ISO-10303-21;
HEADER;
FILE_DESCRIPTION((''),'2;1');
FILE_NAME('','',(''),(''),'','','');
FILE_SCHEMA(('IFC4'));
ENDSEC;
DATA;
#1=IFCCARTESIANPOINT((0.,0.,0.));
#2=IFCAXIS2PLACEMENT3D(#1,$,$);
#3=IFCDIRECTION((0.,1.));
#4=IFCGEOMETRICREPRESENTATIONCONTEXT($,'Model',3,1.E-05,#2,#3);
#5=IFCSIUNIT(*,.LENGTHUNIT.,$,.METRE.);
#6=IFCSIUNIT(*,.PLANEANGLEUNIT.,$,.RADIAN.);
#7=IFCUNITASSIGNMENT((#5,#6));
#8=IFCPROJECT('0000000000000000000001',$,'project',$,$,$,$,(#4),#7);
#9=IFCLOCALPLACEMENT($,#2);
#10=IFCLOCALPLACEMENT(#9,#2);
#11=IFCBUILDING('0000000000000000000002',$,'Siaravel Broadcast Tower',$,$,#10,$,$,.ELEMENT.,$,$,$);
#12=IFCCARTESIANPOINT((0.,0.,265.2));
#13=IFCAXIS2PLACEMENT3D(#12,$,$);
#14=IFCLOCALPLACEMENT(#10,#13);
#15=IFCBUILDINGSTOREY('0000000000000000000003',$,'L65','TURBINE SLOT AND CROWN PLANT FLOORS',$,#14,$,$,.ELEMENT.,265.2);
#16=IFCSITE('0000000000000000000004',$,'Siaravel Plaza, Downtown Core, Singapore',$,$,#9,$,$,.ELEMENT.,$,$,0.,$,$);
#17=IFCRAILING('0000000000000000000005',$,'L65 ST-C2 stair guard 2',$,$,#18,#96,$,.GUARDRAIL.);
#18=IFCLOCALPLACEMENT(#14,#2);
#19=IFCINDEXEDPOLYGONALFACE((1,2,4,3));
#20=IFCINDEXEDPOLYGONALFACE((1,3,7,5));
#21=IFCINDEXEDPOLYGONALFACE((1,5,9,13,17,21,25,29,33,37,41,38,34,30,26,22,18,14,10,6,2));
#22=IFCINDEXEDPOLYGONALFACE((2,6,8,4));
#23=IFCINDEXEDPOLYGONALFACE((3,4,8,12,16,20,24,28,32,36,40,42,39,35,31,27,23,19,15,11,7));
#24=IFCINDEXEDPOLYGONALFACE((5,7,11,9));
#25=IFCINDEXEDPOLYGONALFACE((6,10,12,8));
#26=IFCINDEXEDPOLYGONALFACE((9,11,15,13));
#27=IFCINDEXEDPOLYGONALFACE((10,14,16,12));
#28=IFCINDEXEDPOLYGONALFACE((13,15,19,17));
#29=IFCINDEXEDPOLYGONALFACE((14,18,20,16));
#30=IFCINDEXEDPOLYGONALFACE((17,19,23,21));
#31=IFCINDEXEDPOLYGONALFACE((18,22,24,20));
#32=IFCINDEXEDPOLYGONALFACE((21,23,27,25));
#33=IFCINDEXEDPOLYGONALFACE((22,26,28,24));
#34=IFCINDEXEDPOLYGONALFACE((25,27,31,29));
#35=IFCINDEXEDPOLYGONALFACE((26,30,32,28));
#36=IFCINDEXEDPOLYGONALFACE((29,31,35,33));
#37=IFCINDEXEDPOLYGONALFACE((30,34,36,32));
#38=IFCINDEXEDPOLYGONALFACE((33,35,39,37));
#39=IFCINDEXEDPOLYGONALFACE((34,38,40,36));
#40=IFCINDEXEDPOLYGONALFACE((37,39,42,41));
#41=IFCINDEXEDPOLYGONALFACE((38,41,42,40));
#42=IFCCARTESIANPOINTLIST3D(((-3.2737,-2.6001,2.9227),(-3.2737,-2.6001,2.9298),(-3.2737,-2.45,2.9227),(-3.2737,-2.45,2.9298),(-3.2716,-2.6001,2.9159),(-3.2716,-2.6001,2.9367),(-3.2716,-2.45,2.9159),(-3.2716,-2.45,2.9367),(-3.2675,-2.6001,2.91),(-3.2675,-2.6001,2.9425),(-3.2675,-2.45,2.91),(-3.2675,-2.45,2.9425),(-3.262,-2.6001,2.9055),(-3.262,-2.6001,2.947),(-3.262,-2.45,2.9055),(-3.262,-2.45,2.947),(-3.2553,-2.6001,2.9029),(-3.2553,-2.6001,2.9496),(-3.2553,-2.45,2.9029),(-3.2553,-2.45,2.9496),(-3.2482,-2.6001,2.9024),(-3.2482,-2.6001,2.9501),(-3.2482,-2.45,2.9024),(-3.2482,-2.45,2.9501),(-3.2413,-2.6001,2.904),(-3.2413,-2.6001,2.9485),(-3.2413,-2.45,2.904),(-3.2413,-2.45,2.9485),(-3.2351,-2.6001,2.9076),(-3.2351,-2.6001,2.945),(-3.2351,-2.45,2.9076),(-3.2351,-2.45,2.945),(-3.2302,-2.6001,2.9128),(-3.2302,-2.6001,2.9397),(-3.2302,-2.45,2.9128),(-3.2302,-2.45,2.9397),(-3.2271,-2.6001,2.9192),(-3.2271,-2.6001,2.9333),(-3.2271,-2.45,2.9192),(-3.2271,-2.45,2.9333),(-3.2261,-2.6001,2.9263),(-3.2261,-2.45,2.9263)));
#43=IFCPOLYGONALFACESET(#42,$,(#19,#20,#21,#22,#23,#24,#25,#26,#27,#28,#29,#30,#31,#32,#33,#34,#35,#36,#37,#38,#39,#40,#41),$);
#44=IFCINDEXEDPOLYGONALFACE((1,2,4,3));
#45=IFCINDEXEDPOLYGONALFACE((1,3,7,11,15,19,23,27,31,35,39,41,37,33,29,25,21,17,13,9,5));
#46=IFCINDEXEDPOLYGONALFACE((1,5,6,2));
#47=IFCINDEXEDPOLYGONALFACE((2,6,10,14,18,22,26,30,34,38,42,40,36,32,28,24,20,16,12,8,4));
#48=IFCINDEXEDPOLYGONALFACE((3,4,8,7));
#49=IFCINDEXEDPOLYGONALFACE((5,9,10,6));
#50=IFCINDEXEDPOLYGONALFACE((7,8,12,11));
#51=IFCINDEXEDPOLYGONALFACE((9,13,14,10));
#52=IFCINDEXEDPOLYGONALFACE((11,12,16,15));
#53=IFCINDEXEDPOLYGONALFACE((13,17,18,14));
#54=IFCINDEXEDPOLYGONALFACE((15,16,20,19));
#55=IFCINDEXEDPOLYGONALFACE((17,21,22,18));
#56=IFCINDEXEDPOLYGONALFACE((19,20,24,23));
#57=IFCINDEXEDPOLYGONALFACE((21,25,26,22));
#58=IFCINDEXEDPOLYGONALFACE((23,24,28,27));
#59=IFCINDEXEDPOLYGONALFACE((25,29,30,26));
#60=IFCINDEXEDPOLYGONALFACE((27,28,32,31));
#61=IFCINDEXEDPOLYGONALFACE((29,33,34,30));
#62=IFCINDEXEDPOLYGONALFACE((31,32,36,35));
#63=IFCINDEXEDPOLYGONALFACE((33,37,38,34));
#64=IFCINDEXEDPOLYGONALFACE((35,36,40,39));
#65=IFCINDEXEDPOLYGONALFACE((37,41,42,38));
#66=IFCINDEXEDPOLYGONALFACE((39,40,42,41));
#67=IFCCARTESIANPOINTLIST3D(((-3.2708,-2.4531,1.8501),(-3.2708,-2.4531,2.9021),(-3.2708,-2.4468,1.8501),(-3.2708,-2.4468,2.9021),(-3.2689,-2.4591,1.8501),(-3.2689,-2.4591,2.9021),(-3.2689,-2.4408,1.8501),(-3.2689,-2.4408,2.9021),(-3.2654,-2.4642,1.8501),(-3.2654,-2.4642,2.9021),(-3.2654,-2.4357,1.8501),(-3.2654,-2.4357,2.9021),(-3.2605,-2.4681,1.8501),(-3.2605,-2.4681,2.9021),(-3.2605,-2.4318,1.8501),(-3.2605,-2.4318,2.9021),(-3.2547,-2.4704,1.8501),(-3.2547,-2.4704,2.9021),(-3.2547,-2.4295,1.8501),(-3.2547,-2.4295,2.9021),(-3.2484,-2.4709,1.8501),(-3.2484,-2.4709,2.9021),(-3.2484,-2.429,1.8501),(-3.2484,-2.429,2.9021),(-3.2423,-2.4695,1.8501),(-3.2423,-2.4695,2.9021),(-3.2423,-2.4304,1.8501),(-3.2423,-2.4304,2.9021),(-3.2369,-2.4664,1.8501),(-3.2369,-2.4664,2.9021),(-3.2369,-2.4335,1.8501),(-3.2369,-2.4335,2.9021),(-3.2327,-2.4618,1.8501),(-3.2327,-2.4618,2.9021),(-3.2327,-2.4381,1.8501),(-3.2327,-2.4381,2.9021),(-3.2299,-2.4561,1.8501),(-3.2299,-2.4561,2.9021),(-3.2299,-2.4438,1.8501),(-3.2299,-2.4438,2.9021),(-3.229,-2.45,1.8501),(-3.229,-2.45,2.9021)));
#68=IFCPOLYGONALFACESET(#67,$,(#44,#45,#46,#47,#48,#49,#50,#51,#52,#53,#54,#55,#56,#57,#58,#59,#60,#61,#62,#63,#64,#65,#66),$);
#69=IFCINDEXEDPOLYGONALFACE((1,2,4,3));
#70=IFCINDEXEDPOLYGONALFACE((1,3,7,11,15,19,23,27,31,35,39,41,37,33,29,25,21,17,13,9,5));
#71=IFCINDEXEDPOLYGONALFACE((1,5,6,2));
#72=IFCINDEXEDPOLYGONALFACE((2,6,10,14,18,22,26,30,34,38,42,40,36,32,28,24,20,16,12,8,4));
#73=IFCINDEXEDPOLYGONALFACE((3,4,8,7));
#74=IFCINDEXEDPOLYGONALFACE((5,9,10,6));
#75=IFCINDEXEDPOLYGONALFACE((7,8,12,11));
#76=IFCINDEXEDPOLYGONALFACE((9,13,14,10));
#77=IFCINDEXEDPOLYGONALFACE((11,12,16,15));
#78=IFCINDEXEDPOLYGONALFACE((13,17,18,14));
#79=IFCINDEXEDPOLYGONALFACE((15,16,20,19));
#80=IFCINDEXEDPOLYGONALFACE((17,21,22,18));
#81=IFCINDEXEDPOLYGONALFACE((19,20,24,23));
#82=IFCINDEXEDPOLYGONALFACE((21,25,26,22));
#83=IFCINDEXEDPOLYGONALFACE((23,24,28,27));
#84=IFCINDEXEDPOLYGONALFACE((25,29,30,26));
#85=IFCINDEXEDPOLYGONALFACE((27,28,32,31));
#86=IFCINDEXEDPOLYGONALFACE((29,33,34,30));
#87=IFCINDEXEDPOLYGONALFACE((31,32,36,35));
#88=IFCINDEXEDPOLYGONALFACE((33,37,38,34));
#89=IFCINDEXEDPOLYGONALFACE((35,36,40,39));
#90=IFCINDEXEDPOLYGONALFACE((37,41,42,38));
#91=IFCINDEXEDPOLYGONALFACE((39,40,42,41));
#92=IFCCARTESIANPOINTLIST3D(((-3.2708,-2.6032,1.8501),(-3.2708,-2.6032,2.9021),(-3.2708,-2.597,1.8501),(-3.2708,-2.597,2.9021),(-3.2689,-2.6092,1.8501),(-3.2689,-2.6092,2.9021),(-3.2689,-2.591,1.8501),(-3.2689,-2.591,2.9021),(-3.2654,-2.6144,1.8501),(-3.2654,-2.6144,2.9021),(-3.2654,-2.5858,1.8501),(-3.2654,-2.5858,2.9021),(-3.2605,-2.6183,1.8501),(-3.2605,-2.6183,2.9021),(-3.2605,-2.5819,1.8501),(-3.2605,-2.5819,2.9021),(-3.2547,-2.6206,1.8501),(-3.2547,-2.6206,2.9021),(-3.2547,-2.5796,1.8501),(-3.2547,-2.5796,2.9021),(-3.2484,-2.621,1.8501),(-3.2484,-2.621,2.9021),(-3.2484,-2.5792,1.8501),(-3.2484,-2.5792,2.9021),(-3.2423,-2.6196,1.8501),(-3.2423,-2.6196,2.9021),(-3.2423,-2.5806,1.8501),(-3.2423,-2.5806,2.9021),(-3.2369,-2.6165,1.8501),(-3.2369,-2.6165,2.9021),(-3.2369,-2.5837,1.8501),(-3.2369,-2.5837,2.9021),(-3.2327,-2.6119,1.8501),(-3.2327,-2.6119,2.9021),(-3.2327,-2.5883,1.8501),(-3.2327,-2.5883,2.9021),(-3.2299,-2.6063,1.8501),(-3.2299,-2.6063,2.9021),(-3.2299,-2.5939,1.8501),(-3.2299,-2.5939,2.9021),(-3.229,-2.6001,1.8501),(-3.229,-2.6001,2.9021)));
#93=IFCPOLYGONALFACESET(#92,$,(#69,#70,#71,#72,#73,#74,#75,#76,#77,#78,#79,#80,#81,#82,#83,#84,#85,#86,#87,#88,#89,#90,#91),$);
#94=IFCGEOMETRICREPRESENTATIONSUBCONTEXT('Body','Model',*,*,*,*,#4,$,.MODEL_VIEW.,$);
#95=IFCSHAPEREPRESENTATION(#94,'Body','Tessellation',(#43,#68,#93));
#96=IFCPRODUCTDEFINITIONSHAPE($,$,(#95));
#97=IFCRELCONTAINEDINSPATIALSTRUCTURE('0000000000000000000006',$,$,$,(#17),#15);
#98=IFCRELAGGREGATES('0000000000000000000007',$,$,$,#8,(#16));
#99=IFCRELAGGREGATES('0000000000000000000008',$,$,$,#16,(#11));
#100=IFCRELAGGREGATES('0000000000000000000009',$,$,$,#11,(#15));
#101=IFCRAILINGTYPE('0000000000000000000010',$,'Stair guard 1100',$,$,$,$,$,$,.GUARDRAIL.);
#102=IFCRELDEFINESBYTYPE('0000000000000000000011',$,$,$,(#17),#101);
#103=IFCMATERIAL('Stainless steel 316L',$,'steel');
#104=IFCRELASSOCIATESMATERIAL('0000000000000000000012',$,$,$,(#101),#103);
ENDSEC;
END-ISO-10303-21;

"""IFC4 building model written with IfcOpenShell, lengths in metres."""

from ifc_helpers import new_model, si_unit, direction, frame, origin, origin_2d, place, context, subcontext, project, spatial, circle, extrude, material, type_object, element, save


model = new_model("IFC4")

# Units and contexts
model_context = context("Model", 3, precision=1e-05, world=origin(), true_north=direction((0.0, 1.0)))
body_context = subcontext(model_context, "Body", "Model", "MODEL_VIEW")
ifc_project = project(units=[si_unit("LENGTHUNIT", "METRE"), si_unit("PLANEANGLEUNIT", "RADIAN")], contexts=[model_context])

# Site, building, storey
site_placement = place(None, origin())
site = spatial("IfcSite", under=ifc_project, at=site_placement, Name="Siaravel Plaza, Downtown Core, Singapore", CompositionType="ELEMENT", RefElevation=0.0)
building_placement = place(site_placement, origin())
building = spatial("IfcBuilding", under=site, at=building_placement, Name="Siaravel Broadcast Tower", CompositionType="ELEMENT")
storey_placement = place(building_placement, frame((0.0, 0.0, 265.2)))
storey = spatial("IfcBuildingStorey", under=building, at=storey_placement, Name="L65", Description="TURBINE SLOT AND CROWN PLANT FLOORS", CompositionType="ELEMENT", Elevation=265.2)

# Railing
ifc_material_1 = material(Name="Stainless steel 316L", Category="steel")
railing_type_1 = type_object("IfcRailingType", Name="Stair guard 1100", PredefinedType="GUARDRAIL", material=ifc_material_1)
railing_1_placement = place(storey_placement, frame((-3.25, -2.45, 1.8501)))
element("IfcRailing", 1, at=railing_1_placement, inside=storey, type_object=railing_type_1, Name="L65 ST-C2 stair guard 2", PredefinedType="GUARDRAIL", context=body_context, shape_type="SweptSolid", body=[
    extrude(circle(Radius=0.0239, at=origin_2d()), frame((0.0, 0.0, 1.0762), z_axis=(0.0, -1.0, 0.0), x_axis=(1.0, 0.0, 0.0)), (0.0, 0.0, 1.0), 0.1501),
    extrude(circle(Radius=0.021, at=origin_2d()), origin(), (0.0, 0.0, 1.0), 1.052),
    extrude(circle(Radius=0.021, at=origin_2d()), frame((0.0, -0.1501, 0.0)), (0.0, 0.0, 1.0), 1.052),
])

save(model, "model.ifc")
